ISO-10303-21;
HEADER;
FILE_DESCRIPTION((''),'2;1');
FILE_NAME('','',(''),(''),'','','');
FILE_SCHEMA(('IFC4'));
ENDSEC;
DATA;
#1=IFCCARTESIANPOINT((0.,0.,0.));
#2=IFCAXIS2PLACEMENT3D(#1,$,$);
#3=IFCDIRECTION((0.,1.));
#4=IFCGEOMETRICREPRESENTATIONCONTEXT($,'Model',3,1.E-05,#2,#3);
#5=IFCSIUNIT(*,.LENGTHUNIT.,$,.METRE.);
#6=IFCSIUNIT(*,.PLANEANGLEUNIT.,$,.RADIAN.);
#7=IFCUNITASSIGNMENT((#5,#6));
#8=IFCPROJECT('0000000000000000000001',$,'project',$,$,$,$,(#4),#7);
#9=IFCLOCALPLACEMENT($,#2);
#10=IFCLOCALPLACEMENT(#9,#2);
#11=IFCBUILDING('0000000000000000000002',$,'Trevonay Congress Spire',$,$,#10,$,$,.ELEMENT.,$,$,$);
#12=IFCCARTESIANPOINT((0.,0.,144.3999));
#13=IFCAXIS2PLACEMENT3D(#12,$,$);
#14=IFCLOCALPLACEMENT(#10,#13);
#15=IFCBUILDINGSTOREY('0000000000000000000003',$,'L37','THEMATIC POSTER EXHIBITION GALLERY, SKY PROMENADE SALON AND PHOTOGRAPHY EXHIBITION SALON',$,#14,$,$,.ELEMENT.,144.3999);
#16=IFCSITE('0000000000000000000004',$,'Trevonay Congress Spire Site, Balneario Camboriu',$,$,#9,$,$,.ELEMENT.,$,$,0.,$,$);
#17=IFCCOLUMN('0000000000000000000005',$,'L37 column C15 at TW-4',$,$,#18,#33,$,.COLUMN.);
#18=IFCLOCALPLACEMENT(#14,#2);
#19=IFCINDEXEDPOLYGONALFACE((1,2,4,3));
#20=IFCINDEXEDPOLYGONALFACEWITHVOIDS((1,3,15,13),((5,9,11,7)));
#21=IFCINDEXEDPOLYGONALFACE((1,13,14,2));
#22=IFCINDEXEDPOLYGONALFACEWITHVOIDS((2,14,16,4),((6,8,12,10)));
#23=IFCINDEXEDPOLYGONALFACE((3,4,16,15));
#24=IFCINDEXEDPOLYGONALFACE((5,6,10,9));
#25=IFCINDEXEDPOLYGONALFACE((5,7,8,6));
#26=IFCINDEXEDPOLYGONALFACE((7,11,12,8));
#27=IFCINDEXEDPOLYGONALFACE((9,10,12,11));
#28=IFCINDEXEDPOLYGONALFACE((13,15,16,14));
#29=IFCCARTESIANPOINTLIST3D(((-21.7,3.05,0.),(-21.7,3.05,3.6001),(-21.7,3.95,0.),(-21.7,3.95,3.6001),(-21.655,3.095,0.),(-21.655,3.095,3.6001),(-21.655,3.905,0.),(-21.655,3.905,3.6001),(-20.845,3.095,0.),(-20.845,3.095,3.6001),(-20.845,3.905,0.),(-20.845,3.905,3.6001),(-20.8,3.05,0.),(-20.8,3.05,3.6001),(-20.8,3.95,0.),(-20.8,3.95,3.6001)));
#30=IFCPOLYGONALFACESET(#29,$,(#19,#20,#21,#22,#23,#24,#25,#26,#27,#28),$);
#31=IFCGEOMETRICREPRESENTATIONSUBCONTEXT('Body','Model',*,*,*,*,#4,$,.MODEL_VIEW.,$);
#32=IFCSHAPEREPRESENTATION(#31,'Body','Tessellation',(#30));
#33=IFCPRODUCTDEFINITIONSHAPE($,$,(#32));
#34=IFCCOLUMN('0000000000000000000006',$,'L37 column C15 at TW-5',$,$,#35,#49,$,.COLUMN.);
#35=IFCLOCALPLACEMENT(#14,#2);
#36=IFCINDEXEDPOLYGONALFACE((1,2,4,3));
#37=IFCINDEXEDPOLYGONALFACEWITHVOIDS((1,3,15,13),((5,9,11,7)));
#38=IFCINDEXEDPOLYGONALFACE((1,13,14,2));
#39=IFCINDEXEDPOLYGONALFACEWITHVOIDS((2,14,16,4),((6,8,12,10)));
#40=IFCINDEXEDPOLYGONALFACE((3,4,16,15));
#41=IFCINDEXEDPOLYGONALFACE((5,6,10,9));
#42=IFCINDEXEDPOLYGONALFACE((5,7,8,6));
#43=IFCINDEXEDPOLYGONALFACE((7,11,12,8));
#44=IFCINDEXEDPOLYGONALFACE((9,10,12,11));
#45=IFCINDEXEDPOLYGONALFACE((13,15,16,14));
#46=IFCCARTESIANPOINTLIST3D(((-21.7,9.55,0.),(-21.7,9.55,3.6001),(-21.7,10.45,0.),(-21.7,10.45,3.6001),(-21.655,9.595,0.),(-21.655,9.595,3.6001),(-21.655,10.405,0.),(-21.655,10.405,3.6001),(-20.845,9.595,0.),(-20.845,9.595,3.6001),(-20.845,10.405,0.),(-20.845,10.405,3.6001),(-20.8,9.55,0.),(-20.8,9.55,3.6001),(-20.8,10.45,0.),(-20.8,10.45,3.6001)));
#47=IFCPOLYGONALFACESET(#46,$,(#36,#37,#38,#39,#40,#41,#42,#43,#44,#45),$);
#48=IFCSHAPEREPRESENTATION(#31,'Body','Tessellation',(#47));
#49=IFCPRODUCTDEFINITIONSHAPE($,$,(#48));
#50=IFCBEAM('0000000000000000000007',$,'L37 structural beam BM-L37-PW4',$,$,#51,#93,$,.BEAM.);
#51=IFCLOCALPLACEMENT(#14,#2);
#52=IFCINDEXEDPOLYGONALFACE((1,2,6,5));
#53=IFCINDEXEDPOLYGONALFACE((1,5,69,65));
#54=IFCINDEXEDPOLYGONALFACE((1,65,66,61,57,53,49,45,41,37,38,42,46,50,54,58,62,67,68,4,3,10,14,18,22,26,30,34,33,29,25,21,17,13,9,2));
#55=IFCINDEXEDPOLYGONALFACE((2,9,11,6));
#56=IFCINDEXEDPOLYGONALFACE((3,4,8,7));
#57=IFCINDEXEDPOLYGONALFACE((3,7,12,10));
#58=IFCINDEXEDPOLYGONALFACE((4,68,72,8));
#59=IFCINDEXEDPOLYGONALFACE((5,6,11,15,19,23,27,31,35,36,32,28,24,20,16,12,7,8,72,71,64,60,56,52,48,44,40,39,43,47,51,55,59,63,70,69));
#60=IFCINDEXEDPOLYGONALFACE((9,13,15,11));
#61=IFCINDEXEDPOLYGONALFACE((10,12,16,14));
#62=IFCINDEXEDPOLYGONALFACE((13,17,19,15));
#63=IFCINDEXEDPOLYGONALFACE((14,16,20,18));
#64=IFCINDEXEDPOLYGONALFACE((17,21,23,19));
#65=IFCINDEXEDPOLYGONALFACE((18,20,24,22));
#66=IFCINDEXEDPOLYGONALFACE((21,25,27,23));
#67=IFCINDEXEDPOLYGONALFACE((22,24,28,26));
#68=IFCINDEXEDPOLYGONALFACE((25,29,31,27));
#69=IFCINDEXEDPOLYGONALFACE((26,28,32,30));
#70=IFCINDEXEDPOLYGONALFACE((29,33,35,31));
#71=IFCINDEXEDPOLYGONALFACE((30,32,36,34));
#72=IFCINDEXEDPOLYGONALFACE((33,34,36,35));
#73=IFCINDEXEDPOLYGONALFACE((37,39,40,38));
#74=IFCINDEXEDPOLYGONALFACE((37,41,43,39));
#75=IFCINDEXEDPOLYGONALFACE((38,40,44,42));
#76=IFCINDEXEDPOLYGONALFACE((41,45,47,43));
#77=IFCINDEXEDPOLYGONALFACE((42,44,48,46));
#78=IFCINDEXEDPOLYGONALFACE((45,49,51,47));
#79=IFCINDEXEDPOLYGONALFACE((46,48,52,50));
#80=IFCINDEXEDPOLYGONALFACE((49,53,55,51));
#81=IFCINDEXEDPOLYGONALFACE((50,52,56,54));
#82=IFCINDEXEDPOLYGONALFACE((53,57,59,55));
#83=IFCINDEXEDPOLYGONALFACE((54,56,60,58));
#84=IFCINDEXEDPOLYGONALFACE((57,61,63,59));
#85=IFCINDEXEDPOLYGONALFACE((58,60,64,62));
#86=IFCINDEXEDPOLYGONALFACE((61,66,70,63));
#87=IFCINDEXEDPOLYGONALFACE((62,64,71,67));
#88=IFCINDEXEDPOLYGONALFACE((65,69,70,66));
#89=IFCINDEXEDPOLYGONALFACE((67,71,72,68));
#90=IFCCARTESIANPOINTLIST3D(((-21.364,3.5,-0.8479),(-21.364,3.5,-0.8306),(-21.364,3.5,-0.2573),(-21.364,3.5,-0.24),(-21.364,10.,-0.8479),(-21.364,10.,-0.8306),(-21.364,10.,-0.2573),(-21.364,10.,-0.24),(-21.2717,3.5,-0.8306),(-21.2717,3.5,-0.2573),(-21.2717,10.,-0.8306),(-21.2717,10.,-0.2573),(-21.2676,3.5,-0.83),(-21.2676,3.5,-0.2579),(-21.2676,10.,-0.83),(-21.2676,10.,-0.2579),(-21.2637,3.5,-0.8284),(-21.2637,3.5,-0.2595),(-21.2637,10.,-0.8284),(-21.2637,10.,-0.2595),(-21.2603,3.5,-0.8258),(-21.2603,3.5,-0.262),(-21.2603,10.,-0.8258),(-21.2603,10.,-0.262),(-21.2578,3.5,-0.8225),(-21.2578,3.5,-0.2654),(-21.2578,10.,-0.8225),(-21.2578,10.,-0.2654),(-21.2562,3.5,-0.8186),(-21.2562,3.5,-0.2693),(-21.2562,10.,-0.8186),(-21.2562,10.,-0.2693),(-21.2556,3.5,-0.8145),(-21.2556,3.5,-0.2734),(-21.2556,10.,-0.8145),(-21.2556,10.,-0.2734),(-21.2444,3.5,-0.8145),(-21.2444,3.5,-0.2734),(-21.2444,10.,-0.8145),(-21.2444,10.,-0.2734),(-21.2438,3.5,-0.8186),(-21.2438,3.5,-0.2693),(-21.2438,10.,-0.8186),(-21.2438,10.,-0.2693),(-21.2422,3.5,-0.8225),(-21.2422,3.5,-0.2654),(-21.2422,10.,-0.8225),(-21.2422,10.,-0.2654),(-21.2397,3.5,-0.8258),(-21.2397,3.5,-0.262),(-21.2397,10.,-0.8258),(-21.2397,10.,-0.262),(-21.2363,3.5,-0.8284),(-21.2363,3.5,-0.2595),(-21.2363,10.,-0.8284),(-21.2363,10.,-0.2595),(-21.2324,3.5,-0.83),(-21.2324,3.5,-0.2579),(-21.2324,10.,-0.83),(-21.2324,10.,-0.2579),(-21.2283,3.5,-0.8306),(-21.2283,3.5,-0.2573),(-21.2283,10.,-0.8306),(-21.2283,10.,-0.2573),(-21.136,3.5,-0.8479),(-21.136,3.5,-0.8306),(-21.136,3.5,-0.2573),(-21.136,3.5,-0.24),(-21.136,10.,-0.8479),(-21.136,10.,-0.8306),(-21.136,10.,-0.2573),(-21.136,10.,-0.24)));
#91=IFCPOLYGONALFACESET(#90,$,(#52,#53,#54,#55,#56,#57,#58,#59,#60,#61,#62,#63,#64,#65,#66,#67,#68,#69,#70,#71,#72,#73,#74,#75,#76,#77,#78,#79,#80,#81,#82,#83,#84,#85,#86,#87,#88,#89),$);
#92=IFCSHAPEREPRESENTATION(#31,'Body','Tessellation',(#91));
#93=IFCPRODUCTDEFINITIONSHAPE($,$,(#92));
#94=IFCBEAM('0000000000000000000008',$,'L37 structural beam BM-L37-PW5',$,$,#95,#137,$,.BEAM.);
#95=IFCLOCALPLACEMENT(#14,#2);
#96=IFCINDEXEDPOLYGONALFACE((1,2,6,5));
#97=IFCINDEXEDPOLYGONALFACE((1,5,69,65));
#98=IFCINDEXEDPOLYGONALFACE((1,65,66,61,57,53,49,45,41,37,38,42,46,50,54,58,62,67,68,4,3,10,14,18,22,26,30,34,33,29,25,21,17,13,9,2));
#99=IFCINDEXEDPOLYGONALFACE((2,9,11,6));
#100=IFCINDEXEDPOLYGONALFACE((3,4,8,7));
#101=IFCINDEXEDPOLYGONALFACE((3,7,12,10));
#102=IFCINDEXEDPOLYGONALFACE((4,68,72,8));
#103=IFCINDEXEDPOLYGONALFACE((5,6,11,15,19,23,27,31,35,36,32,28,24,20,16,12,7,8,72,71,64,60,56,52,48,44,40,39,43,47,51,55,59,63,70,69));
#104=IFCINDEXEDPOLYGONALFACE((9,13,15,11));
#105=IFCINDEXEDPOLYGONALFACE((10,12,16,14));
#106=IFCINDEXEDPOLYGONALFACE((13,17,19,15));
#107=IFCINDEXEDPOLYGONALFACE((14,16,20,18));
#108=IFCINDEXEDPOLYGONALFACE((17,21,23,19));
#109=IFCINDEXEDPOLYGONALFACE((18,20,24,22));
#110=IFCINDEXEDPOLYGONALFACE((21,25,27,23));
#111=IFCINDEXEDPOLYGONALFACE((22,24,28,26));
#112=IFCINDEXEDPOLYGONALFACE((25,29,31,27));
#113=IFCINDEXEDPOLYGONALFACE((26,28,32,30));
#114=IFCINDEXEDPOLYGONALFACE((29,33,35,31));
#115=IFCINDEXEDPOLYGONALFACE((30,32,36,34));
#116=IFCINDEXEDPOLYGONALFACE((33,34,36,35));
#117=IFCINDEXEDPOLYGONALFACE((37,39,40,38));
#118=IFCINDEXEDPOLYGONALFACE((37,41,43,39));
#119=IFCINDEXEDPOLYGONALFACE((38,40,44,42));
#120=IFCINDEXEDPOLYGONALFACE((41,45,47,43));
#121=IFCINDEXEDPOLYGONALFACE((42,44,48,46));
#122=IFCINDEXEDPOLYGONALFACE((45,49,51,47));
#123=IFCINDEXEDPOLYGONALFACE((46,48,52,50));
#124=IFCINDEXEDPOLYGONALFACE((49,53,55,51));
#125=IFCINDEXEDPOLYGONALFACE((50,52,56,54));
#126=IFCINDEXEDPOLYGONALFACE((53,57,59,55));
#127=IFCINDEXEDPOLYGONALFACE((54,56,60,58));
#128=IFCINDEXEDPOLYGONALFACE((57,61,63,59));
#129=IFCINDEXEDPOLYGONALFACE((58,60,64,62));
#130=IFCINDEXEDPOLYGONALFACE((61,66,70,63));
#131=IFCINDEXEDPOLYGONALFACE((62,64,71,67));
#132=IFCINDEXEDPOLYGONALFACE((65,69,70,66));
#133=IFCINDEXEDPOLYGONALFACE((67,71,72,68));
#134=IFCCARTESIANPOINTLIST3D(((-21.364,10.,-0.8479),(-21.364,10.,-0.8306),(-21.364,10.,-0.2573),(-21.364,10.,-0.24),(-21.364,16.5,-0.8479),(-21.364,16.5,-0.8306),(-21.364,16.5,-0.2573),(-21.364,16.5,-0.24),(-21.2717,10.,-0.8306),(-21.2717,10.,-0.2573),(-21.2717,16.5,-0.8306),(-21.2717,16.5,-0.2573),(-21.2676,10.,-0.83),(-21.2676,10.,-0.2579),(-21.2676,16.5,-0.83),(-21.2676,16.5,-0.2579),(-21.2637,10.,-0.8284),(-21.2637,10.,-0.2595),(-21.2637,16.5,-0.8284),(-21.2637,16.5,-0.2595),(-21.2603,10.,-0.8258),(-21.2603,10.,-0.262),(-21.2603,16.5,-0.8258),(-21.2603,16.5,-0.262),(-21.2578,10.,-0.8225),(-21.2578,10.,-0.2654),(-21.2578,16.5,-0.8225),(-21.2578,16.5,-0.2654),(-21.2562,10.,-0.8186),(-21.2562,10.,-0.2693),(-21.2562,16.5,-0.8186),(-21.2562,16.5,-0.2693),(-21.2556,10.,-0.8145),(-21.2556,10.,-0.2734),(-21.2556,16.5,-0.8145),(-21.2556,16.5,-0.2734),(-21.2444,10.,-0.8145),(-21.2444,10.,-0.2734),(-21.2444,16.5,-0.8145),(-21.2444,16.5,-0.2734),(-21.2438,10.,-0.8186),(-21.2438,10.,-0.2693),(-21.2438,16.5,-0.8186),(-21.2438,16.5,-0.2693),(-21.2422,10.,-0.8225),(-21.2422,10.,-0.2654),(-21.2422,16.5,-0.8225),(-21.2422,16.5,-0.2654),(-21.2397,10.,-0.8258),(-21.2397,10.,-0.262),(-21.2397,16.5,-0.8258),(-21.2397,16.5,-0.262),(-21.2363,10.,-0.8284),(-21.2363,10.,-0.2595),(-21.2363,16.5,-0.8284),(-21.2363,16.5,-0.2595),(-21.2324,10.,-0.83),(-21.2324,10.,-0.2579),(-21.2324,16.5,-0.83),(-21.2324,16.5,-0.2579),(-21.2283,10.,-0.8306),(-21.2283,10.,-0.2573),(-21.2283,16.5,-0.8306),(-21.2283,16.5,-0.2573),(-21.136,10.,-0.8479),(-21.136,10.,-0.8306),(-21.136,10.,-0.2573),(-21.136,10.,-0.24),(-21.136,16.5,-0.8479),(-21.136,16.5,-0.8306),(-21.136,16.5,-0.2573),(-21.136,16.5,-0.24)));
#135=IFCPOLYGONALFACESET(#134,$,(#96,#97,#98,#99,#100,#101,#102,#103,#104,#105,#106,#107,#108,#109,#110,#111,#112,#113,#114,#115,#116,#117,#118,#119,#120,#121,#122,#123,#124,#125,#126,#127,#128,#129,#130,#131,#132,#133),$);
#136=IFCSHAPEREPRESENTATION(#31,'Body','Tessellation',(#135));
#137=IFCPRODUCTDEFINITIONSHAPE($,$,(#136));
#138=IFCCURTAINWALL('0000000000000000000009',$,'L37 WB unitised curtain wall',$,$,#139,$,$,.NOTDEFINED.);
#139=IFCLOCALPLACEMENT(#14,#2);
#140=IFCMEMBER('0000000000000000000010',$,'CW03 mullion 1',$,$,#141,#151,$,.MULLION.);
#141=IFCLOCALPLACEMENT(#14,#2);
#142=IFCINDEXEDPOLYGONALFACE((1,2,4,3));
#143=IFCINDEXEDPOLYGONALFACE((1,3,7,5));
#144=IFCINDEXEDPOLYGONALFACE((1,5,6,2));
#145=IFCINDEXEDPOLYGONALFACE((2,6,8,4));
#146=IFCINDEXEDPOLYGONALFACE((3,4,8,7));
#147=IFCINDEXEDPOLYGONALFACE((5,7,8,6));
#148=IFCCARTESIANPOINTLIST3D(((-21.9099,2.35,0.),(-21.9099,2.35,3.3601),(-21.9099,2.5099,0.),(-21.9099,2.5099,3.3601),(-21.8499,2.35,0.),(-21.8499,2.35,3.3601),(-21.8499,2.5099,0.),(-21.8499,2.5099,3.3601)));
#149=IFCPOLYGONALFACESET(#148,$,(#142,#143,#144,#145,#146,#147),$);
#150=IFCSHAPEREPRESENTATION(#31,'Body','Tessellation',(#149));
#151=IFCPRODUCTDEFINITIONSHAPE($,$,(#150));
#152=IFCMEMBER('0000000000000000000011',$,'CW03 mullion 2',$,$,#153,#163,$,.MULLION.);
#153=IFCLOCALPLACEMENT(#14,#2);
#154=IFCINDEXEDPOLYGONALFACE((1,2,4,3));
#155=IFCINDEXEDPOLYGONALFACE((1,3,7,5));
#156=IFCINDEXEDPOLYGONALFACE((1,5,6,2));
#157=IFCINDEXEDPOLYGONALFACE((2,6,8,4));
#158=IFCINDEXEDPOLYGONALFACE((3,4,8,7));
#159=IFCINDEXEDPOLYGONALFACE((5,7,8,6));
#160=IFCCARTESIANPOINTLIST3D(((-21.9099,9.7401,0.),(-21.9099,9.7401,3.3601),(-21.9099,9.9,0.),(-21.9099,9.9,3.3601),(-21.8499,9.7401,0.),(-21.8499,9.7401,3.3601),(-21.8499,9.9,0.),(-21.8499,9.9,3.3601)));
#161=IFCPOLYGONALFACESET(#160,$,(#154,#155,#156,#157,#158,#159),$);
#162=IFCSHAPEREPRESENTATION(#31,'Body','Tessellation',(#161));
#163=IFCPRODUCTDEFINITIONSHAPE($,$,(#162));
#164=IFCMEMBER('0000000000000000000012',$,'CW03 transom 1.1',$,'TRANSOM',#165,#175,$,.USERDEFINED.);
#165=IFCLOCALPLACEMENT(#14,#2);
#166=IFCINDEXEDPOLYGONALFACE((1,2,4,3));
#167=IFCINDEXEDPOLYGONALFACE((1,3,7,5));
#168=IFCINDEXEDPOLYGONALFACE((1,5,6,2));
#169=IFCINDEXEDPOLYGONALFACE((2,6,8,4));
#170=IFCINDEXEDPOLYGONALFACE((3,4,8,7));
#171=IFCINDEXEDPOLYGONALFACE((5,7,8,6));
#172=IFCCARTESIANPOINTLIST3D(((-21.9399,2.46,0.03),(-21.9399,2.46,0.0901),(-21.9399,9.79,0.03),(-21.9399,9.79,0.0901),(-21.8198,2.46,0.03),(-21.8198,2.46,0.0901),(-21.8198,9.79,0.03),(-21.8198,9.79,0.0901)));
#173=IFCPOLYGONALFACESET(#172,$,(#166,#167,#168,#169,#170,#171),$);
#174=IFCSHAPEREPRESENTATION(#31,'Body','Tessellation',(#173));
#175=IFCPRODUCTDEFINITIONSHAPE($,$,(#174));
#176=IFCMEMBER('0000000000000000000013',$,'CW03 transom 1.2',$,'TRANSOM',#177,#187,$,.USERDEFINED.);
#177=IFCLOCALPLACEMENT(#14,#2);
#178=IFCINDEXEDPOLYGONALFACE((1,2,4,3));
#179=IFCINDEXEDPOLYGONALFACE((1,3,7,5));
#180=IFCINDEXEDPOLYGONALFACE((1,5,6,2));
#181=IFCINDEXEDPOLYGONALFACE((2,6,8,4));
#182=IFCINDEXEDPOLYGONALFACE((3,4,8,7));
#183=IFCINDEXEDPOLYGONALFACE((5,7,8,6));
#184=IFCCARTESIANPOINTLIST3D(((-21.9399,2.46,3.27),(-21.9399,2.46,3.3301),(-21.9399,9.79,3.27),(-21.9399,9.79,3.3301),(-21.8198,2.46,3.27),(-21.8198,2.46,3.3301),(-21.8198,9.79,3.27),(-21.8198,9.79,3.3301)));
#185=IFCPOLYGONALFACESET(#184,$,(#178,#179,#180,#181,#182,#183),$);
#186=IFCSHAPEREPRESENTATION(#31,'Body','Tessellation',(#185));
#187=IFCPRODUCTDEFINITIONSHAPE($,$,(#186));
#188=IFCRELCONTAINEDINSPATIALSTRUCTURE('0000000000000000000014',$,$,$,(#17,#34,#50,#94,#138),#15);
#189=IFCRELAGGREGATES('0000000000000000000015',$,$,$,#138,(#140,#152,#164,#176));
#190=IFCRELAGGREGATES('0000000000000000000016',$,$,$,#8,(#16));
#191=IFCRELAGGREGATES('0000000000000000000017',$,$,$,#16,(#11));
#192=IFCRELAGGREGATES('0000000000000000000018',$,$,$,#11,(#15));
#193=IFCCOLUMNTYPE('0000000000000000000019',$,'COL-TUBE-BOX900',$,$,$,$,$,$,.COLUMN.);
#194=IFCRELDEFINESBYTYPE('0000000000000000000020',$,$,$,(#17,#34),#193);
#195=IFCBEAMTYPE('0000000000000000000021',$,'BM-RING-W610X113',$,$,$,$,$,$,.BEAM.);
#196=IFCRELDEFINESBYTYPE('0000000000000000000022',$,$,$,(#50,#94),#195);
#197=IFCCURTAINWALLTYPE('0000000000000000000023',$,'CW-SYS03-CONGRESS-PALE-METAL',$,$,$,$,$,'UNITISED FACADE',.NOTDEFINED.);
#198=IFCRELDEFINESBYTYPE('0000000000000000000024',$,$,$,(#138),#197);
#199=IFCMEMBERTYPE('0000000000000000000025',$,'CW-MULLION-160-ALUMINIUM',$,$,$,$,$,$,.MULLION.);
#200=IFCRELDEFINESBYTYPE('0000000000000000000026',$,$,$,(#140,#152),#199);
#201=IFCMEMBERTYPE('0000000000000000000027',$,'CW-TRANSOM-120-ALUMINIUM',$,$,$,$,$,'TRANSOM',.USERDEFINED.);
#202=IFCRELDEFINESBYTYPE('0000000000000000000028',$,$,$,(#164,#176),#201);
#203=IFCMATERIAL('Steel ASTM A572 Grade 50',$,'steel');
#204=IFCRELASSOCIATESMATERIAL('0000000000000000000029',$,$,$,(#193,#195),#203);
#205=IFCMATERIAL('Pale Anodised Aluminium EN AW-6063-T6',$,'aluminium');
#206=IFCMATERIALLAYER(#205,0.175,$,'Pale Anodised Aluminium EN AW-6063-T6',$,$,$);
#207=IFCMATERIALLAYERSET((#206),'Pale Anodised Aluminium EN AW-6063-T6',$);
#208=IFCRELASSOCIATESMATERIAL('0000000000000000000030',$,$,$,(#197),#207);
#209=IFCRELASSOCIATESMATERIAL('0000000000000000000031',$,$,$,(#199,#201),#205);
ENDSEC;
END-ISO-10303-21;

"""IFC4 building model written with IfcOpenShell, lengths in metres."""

from ifc_helpers import new_model, si_unit, direction, frame, origin, origin_2d, place, context, subcontext, project, spatial, rectangle, hollow_rectangle, i_section, extrude, material, layer, layer_set, material_profile, profile_set, type_object, element, aggregate, save


model = new_model("IFC4")

# Units and contexts
model_context = context("Model", 3, precision=1e-05, world=origin(), true_north=direction((0.0, 1.0)))
body_context = subcontext(model_context, "Body", "Model", "MODEL_VIEW")
ifc_project = project(units=[si_unit("LENGTHUNIT", "METRE"), si_unit("PLANEANGLEUNIT", "RADIAN")], contexts=[model_context])

# Site, building, storey
site_placement = place(None, origin())
site = spatial("IfcSite", under=ifc_project, at=site_placement, Name="Trevonay Congress Spire Site, Balneario Camboriu", CompositionType="ELEMENT", RefElevation=0.0)
building_placement = place(site_placement, origin())
building = spatial("IfcBuilding", under=site, at=building_placement, Name="Trevonay Congress Spire", CompositionType="ELEMENT")
storey_placement = place(building_placement, frame((0.0, 0.0, 144.3999)))
storey = spatial("IfcBuildingStorey", under=building, at=storey_placement, Name="L37", Description="THEMATIC POSTER EXHIBITION GALLERY, SKY PROMENADE SALON AND PHOTOGRAPHY EXHIBITION SALON", CompositionType="ELEMENT", Elevation=144.3999)

# Columns
ifc_material_1 = material(Name="Steel ASTM A572 Grade 50", Category="steel")
ifc_material_profile_1 = material_profile(ifc_material_1, hollow_rectangle(XDim=0.8999, YDim=0.8999, WallThickness=0.0449, at=origin_2d()), Name="BOX 900x900x45")
ifc_profile_set_1 = profile_set([ifc_material_profile_1], Name="Steel ASTM A572 Grade 50")
column_type = type_object("IfcColumnType", Name="COL-TUBE-BOX900", PredefinedType="COLUMN", material=ifc_profile_set_1)
for number, where, z_axis, x_axis, name in (
    (1, (-21.25, 3.5, 0.0), (0.0, 0.0, 1.0), (1.0, 0.0, 0.0), "L37 column C15 at TW-4"),
    (2, (-21.25, 10.0, 0.0), (0.0, 0.0, 1.0), (1.0, 0.0, 0.0), "L37 column C15 at TW-5"),
):
    element("IfcColumn", number, at=place(storey_placement, frame(where, z_axis=z_axis, x_axis=x_axis)), inside=storey, type_object=column_type, Name=name, PredefinedType="COLUMN", context=body_context, shape_type="SweptSolid", body=[
        extrude(hollow_rectangle(XDim=0.8999, YDim=0.8999, WallThickness=0.0449, at=origin_2d()), origin(), (0.0, 0.0, 1.0), 3.6001),
    ])

# Beams
ifc_material_profile_2 = material_profile(ifc_material_1, i_section(OverallWidth=0.228, OverallDepth=0.6079, WebThickness=0.0112, FlangeThickness=0.0173, FilletRadius=0.0161, at=origin_2d()), Name="W610x113")
ifc_profile_set_2 = profile_set([ifc_material_profile_2], Name="Steel ASTM A572 Grade 50")
beam_type = type_object("IfcBeamType", Name="BM-RING-W610X113", PredefinedType="BEAM", material=ifc_profile_set_2)
for number, where, z_axis, x_axis, name in (
    (3, (-21.25, 3.5, -0.5439), (0.0, 1.0, 0.0), (-1.0, 0.0, 0.0), "L37 structural beam BM-L37-PW4"),
    (4, (-21.25, 10.0, -0.5439), (0.0, 1.0, 0.0), (-1.0, 0.0, 0.0), "L37 structural beam BM-L37-PW5"),
):
    element("IfcBeam", number, at=place(storey_placement, frame(where, z_axis=z_axis, x_axis=x_axis)), inside=storey, type_object=beam_type, Name=name, PredefinedType="BEAM", context=body_context, shape_type="SweptSolid", body=[
        extrude(i_section(OverallWidth=0.228, OverallDepth=0.6079, WebThickness=0.0112, FlangeThickness=0.0173, FilletRadius=0.0161, at=origin_2d()), origin(), (0.0, 0.0, 1.0), 6.5),
    ])

# Curtain wall, members
ifc_material_2 = material(Name="Pale Anodised Aluminium EN AW-6063-T6", Category="aluminium")
ifc_layer_1 = layer(ifc_material_2, 0.175, Name="Pale Anodised Aluminium EN AW-6063-T6")
ifc_layer_set_1 = layer_set([ifc_layer_1], Name="Pale Anodised Aluminium EN AW-6063-T6")
curtain_wall_type = type_object("IfcCurtainWallType", Name="CW-SYS03-CONGRESS-PALE-METAL", ElementType="UNITISED FACADE", PredefinedType="NOTDEFINED", material=ifc_layer_set_1)
curtain_wall_placement = place(storey_placement, origin())
curtain_wall = element("IfcCurtainWall", 5, at=curtain_wall_placement, inside=storey, type_object=curtain_wall_type, Name="L37 WB unitised curtain wall", PredefinedType="NOTDEFINED")
ifc_material_profile_3 = material_profile(ifc_material_2, rectangle(XDim=0.0601, YDim=0.1599, at=origin_2d()), Name="CW-MULLION-160-ALUMINIUM")
ifc_profile_set_3 = profile_set([ifc_material_profile_3], Name="Pale Anodised Aluminium EN AW-6063-T6")
member_type_1 = type_object("IfcMemberType", Name="CW-MULLION-160-ALUMINIUM", PredefinedType="MULLION", material=ifc_profile_set_3)
member_1_placement = place(storey_placement, frame((-21.8799, 2.4299, 0.0), z_axis=(0.0, 0.0, 1.0), x_axis=(-1.0, 0.0, 0.0)))
member_1 = element("IfcMember", 6, at=member_1_placement, type_object=member_type_1, Name="CW03 mullion 1", PredefinedType="MULLION", context=body_context, shape_type="SweptSolid", body=[
    extrude(rectangle(XDim=0.0601, YDim=0.1599, at=origin_2d()), origin(), (0.0, 0.0, 1.0), 3.3601),
])
member_2_placement = place(storey_placement, frame((-21.8799, 9.8201, 0.0), z_axis=(0.0, 0.0, 1.0), x_axis=(-1.0, 0.0, 0.0)))
member_2 = element("IfcMember", 7, at=member_2_placement, type_object=member_type_1, Name="CW03 mullion 2", PredefinedType="MULLION", context=body_context, shape_type="SweptSolid", body=[
    extrude(rectangle(XDim=0.0601, YDim=0.1599, at=origin_2d()), origin(), (0.0, 0.0, 1.0), 3.3601),
])
ifc_material_profile_4 = material_profile(ifc_material_2, rectangle(XDim=0.1201, YDim=0.0601, at=origin_2d()), Name="CW-TRANSOM-120-ALUMINIUM")
ifc_profile_set_4 = profile_set([ifc_material_profile_4], Name="Pale Anodised Aluminium EN AW-6063-T6")
member_type_2 = type_object("IfcMemberType", Name="CW-TRANSOM-120-ALUMINIUM", ElementType="TRANSOM", PredefinedType="USERDEFINED", material=ifc_profile_set_4)
member_3_placement = place(storey_placement, frame((-21.8799, 2.46, 0.0601), z_axis=(0.0, 1.0, 0.0), x_axis=(-1.0, 0.0, 0.0)))
member_3 = element("IfcMember", 8, at=member_3_placement, type_object=member_type_2, Name="CW03 transom 1.1", ObjectType="TRANSOM", PredefinedType="USERDEFINED", context=body_context, shape_type="SweptSolid", body=[
    extrude(rectangle(XDim=0.1201, YDim=0.0601, at=origin_2d()), origin(), (0.0, 0.0, 1.0), 7.3301),
])
member_4_placement = place(storey_placement, frame((-21.8799, 2.46, 3.3), z_axis=(0.0, 1.0, 0.0), x_axis=(-1.0, 0.0, 0.0)))
member_4 = element("IfcMember", 9, at=member_4_placement, type_object=member_type_2, Name="CW03 transom 1.2", ObjectType="TRANSOM", PredefinedType="USERDEFINED", context=body_context, shape_type="SweptSolid", body=[
    extrude(rectangle(XDim=0.1201, YDim=0.0601, at=origin_2d()), origin(), (0.0, 0.0, 1.0), 7.3301),
])
aggregate(curtain_wall, [member_1, member_2, member_3, member_4])

save(model, "model.ifc")
